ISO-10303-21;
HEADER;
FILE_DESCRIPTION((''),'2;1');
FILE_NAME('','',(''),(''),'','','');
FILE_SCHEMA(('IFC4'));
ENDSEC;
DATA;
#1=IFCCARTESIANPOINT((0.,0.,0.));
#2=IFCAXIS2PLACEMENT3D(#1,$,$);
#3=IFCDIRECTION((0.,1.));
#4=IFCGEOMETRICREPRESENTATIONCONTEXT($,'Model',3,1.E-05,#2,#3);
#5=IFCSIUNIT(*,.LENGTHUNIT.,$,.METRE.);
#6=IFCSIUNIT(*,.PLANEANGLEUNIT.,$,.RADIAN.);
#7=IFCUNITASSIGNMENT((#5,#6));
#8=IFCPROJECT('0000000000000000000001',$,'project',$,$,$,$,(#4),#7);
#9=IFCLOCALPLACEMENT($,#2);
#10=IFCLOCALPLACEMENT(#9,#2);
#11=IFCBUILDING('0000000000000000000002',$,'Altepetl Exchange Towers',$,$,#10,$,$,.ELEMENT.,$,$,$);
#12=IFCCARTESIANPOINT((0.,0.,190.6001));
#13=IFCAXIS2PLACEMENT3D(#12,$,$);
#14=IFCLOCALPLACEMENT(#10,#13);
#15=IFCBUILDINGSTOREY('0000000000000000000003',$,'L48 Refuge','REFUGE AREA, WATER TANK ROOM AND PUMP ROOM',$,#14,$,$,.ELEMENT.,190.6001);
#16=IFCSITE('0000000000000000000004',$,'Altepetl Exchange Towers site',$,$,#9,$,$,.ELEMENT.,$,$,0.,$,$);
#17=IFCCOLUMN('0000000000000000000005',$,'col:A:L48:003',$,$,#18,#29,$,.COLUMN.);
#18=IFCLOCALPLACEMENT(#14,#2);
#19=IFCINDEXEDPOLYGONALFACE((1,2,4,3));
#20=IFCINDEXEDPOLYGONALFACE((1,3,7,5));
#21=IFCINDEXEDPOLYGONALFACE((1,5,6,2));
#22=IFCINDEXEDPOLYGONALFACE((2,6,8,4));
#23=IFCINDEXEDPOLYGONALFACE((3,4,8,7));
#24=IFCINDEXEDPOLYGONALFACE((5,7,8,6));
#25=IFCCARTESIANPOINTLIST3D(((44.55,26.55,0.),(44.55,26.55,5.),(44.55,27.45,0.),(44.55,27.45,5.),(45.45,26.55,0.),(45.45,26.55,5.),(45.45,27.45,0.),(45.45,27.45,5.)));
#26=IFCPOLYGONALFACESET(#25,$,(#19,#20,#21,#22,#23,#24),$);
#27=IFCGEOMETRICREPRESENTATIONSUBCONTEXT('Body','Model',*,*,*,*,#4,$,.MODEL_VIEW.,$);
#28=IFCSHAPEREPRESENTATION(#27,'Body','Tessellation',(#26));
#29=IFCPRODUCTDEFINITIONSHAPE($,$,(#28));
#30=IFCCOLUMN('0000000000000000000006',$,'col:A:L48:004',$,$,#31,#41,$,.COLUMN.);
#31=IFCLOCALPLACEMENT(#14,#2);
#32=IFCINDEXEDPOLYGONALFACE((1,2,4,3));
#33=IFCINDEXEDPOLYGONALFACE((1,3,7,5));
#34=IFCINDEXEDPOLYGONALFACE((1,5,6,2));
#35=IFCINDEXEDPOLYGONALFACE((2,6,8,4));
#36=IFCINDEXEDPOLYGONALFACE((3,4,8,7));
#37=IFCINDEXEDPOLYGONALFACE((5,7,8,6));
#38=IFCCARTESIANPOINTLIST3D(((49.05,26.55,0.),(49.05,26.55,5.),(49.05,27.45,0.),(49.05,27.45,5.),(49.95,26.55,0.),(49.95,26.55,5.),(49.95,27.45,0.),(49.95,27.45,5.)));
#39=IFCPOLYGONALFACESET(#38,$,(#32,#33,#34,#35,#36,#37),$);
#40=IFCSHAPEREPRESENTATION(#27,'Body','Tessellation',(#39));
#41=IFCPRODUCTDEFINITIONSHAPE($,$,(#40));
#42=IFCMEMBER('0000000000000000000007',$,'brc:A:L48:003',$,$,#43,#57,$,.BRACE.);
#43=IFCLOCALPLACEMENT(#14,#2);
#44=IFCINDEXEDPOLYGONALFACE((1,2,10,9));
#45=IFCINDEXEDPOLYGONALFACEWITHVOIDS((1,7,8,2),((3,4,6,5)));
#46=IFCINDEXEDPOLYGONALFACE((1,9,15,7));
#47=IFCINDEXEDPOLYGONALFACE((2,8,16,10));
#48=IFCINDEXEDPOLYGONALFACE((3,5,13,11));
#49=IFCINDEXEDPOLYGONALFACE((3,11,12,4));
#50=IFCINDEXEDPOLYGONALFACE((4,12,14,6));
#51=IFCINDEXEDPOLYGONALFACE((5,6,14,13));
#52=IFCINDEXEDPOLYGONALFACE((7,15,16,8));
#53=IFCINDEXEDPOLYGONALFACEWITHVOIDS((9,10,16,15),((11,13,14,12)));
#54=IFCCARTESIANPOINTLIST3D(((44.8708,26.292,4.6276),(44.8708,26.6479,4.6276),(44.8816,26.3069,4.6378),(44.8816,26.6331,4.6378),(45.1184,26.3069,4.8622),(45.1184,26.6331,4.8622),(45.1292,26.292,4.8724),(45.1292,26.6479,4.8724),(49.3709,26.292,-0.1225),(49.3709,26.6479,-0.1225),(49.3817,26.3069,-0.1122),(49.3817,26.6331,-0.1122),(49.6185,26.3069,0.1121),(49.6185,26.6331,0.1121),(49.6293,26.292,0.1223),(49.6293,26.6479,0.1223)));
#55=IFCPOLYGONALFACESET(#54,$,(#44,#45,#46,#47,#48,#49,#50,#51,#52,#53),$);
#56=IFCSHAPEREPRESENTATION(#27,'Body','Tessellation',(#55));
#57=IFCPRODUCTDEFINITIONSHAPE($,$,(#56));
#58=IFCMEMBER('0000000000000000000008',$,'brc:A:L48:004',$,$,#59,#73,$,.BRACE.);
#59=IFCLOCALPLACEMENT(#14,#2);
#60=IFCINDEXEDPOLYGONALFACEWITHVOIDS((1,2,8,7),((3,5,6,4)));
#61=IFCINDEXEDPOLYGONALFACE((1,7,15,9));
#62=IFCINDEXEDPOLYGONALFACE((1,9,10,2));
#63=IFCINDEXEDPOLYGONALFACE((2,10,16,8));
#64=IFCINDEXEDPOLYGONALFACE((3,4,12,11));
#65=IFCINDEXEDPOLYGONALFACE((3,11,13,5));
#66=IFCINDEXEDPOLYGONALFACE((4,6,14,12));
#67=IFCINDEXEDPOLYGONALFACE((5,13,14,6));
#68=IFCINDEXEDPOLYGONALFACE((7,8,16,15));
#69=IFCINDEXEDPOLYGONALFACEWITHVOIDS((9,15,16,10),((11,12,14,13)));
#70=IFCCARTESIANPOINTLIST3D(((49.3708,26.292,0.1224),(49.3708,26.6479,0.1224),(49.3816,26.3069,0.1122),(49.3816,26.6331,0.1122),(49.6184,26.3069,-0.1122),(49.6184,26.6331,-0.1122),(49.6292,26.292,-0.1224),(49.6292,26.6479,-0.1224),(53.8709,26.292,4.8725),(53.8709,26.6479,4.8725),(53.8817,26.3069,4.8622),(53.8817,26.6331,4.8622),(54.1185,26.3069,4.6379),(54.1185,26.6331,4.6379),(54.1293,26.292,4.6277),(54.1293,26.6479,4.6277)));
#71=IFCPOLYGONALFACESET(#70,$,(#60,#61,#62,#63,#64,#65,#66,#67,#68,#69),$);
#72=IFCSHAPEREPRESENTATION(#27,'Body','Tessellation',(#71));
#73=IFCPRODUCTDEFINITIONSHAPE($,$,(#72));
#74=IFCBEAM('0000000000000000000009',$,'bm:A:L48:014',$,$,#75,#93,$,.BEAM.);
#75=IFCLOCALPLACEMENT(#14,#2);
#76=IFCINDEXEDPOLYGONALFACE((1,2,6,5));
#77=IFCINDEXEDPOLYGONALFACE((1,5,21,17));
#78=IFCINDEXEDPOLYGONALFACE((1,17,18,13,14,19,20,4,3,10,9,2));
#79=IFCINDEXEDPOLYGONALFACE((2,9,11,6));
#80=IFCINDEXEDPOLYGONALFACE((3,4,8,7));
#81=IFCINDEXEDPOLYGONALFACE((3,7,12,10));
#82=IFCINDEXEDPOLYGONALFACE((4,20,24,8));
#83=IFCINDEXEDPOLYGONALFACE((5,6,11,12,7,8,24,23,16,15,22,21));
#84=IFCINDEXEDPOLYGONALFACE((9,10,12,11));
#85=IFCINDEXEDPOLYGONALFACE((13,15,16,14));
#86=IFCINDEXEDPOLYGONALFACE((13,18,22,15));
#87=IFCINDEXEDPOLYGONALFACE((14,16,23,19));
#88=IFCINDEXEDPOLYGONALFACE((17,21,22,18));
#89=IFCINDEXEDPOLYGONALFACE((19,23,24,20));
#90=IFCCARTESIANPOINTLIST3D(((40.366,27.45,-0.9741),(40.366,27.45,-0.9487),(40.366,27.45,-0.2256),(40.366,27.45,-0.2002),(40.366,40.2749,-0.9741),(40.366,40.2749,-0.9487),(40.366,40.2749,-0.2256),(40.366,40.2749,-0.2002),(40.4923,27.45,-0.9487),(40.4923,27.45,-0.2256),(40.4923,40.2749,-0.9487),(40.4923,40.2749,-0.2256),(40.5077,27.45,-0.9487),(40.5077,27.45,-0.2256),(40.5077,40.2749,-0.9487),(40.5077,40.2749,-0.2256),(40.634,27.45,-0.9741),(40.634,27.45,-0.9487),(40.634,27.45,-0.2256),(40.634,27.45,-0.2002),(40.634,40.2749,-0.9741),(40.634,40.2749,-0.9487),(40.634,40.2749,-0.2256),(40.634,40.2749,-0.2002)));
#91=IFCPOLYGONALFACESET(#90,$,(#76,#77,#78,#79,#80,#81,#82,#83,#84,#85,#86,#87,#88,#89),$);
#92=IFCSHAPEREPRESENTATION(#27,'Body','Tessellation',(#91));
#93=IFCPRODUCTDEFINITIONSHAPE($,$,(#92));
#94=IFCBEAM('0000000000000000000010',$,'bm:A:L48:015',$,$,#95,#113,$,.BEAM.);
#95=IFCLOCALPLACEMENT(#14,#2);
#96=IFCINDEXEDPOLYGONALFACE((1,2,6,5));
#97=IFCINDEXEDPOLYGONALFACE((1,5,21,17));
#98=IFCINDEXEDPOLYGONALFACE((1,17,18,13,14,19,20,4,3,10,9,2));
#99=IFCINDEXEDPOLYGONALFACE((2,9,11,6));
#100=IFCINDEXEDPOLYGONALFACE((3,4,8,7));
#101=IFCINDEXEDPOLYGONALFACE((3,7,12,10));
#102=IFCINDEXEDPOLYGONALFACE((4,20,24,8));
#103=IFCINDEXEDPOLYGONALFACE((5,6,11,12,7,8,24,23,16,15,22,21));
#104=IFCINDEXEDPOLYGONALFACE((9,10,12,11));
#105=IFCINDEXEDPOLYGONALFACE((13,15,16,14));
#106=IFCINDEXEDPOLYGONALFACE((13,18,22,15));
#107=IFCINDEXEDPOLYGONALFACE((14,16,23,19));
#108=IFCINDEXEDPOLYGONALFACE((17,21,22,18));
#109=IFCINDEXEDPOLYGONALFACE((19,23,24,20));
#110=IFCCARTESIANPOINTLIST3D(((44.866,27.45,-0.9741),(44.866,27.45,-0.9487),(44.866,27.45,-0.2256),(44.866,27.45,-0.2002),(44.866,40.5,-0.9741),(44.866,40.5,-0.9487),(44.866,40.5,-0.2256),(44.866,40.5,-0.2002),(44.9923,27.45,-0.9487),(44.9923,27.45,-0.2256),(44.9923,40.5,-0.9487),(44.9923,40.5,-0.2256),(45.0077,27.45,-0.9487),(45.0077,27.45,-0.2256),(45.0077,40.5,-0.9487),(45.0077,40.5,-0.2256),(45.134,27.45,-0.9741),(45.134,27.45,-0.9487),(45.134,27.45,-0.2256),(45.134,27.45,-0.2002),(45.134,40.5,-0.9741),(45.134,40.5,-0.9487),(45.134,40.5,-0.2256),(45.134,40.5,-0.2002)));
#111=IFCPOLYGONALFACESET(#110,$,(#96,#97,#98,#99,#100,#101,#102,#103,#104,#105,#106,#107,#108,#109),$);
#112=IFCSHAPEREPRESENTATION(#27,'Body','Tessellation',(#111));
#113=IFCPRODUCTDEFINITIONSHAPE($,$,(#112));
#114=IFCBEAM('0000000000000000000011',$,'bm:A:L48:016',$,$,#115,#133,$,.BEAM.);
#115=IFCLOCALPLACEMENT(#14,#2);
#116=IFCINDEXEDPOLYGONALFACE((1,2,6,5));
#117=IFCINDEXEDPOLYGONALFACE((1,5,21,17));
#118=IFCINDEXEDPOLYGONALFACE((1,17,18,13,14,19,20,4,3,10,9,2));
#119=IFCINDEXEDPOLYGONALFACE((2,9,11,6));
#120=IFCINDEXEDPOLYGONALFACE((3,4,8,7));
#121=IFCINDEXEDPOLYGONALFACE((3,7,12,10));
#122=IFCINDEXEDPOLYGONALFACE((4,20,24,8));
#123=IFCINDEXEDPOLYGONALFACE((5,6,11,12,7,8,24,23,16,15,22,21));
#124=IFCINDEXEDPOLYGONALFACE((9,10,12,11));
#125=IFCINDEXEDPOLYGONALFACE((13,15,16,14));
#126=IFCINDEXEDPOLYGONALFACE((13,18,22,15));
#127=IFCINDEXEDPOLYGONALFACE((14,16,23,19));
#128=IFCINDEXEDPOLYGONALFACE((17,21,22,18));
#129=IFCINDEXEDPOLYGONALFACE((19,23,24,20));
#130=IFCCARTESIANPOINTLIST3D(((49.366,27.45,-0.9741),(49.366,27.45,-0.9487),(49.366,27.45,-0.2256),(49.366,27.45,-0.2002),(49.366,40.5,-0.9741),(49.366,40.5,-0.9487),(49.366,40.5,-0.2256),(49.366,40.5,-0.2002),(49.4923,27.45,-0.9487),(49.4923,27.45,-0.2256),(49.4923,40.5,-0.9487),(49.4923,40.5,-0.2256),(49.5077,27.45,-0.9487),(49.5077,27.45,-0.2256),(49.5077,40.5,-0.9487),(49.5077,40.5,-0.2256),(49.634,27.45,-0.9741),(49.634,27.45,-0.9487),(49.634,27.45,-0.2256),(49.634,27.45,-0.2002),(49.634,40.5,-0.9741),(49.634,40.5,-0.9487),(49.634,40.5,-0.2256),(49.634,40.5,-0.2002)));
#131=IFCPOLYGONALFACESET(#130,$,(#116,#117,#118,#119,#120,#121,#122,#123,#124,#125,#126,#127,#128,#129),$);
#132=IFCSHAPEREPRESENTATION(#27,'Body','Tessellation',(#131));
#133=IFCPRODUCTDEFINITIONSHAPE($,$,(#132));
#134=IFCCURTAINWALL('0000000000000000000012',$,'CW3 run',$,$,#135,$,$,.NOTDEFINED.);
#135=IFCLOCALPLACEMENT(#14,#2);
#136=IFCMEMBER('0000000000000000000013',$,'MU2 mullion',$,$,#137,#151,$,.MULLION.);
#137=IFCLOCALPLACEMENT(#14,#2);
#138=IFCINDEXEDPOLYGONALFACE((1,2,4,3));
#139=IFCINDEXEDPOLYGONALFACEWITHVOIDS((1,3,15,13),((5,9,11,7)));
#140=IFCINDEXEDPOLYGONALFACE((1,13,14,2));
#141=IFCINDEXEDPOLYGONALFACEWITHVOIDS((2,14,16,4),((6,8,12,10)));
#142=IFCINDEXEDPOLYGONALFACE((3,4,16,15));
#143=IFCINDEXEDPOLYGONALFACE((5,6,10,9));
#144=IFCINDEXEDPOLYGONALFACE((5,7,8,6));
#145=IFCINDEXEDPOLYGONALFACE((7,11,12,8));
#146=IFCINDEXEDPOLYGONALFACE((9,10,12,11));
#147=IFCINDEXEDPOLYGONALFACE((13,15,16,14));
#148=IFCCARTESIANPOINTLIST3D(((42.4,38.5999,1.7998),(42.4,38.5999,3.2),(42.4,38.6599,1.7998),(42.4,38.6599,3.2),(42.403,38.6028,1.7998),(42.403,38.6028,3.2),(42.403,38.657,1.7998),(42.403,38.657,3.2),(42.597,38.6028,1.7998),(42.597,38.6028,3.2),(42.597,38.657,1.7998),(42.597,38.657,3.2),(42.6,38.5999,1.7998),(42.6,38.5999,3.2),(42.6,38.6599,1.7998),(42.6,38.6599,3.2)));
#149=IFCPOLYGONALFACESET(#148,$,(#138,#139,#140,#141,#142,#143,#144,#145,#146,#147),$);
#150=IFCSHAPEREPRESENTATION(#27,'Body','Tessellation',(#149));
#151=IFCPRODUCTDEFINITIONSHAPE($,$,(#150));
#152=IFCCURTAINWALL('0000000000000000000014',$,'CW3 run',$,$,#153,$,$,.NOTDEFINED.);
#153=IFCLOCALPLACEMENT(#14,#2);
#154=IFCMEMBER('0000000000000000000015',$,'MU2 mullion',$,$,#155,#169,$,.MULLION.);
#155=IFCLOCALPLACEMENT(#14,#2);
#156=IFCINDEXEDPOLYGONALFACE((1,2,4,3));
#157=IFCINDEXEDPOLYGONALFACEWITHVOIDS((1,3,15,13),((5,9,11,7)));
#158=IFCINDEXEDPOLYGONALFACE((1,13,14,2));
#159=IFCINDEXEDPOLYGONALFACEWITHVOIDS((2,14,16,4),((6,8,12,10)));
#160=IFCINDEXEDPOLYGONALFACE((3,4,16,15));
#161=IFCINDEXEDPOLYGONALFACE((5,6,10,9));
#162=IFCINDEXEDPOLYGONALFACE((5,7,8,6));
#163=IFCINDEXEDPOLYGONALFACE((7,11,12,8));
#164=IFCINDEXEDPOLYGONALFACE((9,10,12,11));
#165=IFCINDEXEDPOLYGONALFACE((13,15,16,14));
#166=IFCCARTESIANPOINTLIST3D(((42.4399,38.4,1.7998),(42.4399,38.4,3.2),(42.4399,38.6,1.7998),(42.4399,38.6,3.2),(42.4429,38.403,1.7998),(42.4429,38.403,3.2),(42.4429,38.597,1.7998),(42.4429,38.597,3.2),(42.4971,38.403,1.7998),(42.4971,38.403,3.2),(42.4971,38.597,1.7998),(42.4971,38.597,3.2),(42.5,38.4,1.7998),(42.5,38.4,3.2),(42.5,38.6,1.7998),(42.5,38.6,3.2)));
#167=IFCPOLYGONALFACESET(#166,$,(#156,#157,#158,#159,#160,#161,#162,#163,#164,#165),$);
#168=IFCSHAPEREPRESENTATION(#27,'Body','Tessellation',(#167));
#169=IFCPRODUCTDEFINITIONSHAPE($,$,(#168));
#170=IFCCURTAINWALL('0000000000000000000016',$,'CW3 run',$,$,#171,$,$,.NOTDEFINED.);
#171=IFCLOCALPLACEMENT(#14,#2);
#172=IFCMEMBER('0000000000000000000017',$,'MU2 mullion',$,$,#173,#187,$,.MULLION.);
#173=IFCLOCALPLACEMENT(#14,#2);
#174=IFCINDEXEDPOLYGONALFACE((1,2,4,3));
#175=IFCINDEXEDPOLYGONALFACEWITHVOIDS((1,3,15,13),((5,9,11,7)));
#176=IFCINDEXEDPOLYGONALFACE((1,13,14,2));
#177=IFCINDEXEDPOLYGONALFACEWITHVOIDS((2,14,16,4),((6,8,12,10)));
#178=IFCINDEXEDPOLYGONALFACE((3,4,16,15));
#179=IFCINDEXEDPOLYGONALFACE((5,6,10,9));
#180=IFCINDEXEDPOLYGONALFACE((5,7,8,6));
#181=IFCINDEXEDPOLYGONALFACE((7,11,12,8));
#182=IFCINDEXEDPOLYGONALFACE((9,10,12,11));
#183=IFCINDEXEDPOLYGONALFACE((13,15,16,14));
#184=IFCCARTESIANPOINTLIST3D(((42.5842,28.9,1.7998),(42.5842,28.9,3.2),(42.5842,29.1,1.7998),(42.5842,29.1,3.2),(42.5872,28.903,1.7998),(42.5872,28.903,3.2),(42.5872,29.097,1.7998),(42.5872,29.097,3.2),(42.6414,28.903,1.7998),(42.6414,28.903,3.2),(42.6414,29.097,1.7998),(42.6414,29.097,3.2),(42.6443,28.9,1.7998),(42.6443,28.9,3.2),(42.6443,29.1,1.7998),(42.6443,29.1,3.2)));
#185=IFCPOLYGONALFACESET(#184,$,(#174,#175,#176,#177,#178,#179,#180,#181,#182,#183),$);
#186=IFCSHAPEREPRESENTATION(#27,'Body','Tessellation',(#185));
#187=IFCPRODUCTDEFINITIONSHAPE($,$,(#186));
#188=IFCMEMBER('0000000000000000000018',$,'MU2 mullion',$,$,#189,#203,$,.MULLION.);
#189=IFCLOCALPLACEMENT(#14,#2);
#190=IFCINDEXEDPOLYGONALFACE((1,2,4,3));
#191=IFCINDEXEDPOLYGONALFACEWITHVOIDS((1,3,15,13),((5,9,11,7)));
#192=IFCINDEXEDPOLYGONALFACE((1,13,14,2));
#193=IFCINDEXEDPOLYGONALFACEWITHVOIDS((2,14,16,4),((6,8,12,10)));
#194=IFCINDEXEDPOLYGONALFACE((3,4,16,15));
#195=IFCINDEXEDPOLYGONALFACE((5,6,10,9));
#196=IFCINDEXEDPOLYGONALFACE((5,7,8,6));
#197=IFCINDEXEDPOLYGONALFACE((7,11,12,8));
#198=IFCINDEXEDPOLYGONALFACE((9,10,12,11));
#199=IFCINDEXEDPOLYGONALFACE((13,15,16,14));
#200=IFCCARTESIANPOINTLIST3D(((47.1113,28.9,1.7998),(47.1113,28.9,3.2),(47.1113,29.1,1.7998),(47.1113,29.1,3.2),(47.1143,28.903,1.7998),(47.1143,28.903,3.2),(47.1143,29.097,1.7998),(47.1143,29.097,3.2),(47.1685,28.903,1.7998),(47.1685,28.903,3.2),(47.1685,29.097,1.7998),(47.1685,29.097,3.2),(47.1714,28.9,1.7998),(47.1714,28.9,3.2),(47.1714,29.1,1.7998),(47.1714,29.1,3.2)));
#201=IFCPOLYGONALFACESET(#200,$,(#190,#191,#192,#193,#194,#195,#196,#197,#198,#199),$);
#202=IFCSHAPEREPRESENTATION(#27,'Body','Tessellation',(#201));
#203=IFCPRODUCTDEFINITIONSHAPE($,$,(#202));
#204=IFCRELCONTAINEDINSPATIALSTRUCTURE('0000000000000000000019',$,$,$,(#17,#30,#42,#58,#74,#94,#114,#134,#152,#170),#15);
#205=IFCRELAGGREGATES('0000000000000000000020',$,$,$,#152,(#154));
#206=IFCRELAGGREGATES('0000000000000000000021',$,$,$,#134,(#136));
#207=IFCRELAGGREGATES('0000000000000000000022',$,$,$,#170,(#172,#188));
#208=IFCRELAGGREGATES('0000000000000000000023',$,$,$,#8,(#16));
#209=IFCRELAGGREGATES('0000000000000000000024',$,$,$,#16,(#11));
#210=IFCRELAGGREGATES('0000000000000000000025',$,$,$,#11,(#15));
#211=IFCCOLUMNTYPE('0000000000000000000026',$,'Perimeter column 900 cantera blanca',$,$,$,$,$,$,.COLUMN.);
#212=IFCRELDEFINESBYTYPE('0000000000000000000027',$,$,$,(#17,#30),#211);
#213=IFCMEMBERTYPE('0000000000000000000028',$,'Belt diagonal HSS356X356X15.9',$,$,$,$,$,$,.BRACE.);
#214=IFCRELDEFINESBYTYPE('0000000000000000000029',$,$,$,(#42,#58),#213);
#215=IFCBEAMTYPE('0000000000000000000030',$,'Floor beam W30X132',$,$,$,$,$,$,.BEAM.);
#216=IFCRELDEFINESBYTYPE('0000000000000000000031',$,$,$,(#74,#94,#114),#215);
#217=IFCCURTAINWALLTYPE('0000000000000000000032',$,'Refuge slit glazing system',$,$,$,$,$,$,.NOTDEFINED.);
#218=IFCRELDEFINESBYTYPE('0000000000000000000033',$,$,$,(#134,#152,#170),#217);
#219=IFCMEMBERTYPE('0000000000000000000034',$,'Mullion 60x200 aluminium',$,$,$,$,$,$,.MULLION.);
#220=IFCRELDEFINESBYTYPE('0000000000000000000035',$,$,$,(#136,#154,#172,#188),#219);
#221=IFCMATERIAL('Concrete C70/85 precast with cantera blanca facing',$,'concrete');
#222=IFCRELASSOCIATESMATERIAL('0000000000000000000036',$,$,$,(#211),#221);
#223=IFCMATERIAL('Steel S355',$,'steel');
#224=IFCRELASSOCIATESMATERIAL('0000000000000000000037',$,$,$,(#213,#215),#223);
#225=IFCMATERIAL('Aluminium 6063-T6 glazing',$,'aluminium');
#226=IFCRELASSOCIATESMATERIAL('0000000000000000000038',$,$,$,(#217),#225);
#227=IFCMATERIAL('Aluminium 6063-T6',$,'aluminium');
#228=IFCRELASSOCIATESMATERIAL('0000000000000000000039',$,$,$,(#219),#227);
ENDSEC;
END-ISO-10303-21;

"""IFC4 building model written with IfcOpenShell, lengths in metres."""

from ifc_helpers import new_model, si_unit, direction, frame, origin, origin_2d, place, context, subcontext, project, spatial, rectangle, hollow_rectangle, i_section, extrude, material, material_profile, profile_set, type_object, element, aggregate, save


model = new_model("IFC4")

# Units and contexts
model_context = context("Model", 3, precision=1e-05, world=origin(), true_north=direction((0.0, 1.0)))
body_context = subcontext(model_context, "Body", "Model", "MODEL_VIEW")
ifc_project = project(units=[si_unit("LENGTHUNIT", "METRE"), si_unit("PLANEANGLEUNIT", "RADIAN")], contexts=[model_context])

# Site, building, storey
site_placement = place(None, origin())
site = spatial("IfcSite", under=ifc_project, at=site_placement, Name="Altepetl Exchange Towers site", CompositionType="ELEMENT", RefElevation=0.0)
building_placement = place(site_placement, origin())
building = spatial("IfcBuilding", under=site, at=building_placement, Name="Altepetl Exchange Towers", CompositionType="ELEMENT")
storey_placement = place(building_placement, frame((0.0, 0.0, 190.6001)))
storey = spatial("IfcBuildingStorey", under=building, at=storey_placement, Name="L48 Refuge", Description="REFUGE AREA, WATER TANK ROOM AND PUMP ROOM", CompositionType="ELEMENT", Elevation=190.6001)

# Columns
ifc_material_1 = material(Name="Concrete C70/85 precast with cantera blanca facing", Category="concrete")
ifc_material_profile_1 = material_profile(ifc_material_1, rectangle(XDim=0.8999, YDim=0.8999, at=origin_2d()), Name="900 x 900")
ifc_profile_set_1 = profile_set([ifc_material_profile_1], Name="Concrete C70/85 precast with cantera blanca facing")
column_type = type_object("IfcColumnType", Name="Perimeter column 900 cantera blanca", PredefinedType="COLUMN", material=ifc_profile_set_1)
for number, where, name in (
    (1, (45.0, 27.0, 0.0), "col:A:L48:003"),
    (2, (49.5, 27.0, 0.0), "col:A:L48:004"),
):
    element("IfcColumn", number, at=place(storey_placement, frame(where)), inside=storey, type_object=column_type, Name=name, PredefinedType="COLUMN", context=body_context, shape_type="SweptSolid", body=[
        extrude(rectangle(XDim=0.8999, YDim=0.8999, at=origin_2d()), origin(), (0.0, 0.0, 1.0), 5.0),
    ])

# Members
ifc_material_2 = material(Name="Steel S355", Category="steel")
ifc_material_profile_2 = material_profile(ifc_material_2, hollow_rectangle(XDim=0.356, YDim=0.356, WallThickness=0.0149, at=origin_2d()), Name="HSS356X356X15.9")
ifc_profile_set_2 = profile_set([ifc_material_profile_2], Name="Steel S355")
member_type_1 = type_object("IfcMemberType", Name="Belt diagonal HSS356X356X15.9", PredefinedType="BRACE", material=ifc_profile_set_2)
for number, where, z_axis, x_axis, name in (
    (3, (45.0, 26.47, 4.75), (0.687745, 0.0, -0.725953), (0.0, 1.0, 0.0), "brc:A:L48:003"),
    (4, (49.5, 26.47, 0.0), (0.687745, 0.0, 0.725953), (0.0, 1.0, 0.0), "brc:A:L48:004"),
):
    element("IfcMember", number, at=place(storey_placement, frame(where, z_axis=z_axis, x_axis=x_axis)), inside=storey, type_object=member_type_1, Name=name, PredefinedType="BRACE", context=body_context, shape_type="SweptSolid", body=[
        extrude(hollow_rectangle(XDim=0.356, YDim=0.356, WallThickness=0.0149, at=origin_2d()), origin(), (0.0, 0.0, 1.0), 6.5432),
    ])

# Beams
ifc_material_profile_3 = material_profile(ifc_material_2, i_section(OverallWidth=0.2681, OverallDepth=0.7739, WebThickness=0.0154, FlangeThickness=0.0254, at=origin_2d()), Name="W30X132")
ifc_profile_set_3 = profile_set([ifc_material_profile_3], Name="Steel S355")
beam_type_1 = type_object("IfcBeamType", Name="Floor beam W30X132", PredefinedType="BEAM", material=ifc_profile_set_3)
beam_placement = place(storey_placement, frame((40.5, 27.45, -0.5872), z_axis=(0.0, 1.0, 0.0), x_axis=(-1.0, 0.0, 0.0)))
element("IfcBeam", 5, at=beam_placement, inside=storey, type_object=beam_type_1, Name="bm:A:L48:014", PredefinedType="BEAM", context=body_context, shape_type="SweptSolid", body=[
    extrude(i_section(OverallWidth=0.2681, OverallDepth=0.7739, WebThickness=0.0154, FlangeThickness=0.0254, at=origin_2d()), origin(), (0.0, 0.0, 1.0), 12.825),
])
for number, where, z_axis, x_axis, name in (
    (6, (45.0, 27.45, -0.5872), (0.0, 1.0, 0.0), (-1.0, 0.0, 0.0), "bm:A:L48:015"),
    (7, (49.5, 27.45, -0.5872), (0.0, 1.0, 0.0), (-1.0, 0.0, 0.0), "bm:A:L48:016"),
):
    element("IfcBeam", number, at=place(storey_placement, frame(where, z_axis=z_axis, x_axis=x_axis)), inside=storey, type_object=beam_type_1, Name=name, PredefinedType="BEAM", context=body_context, shape_type="SweptSolid", body=[
        extrude(i_section(OverallWidth=0.2681, OverallDepth=0.7739, WebThickness=0.0154, FlangeThickness=0.0254, at=origin_2d()), origin(), (0.0, 0.0, 1.0), 13.05),
    ])

# Curtain walls, members
ifc_material_3 = material(Name="Aluminium 6063-T6 glazing", Category="aluminium")
curtain_wall_type = type_object("IfcCurtainWallType", Name="Refuge slit glazing system", PredefinedType="NOTDEFINED", material=ifc_material_3)
curtain_wall_1_placement = place(storey_placement, origin())
curtain_wall_1 = element("IfcCurtainWall", 8, at=curtain_wall_1_placement, inside=storey, type_object=curtain_wall_type, Name="CW3 run", PredefinedType="NOTDEFINED")
ifc_material_4 = material(Name="Aluminium 6063-T6", Category="aluminium")
ifc_material_profile_4 = material_profile(ifc_material_4, hollow_rectangle(XDim=0.0601, YDim=0.2, WallThickness=0.0029, at=origin_2d()), Name="Mullion 60x200 aluminium")
ifc_profile_set_4 = profile_set([ifc_material_profile_4], Name="Aluminium 6063-T6")
member_type_2 = type_object("IfcMemberType", Name="Mullion 60x200 aluminium", PredefinedType="MULLION", material=ifc_profile_set_4)
member_1_placement = place(storey_placement, frame((42.5, 38.6299, 1.7998), z_axis=(0.0, 0.0, 1.0), x_axis=(0.0, -1.0, 0.0)))
member_1 = element("IfcMember", 9, at=member_1_placement, type_object=member_type_2, Name="MU2 mullion", PredefinedType="MULLION", context=body_context, shape_type="SweptSolid", body=[
    extrude(hollow_rectangle(XDim=0.0601, YDim=0.2, WallThickness=0.0029, at=origin_2d()), origin(), (0.0, 0.0, 1.0), 1.4001),
])
curtain_wall_2_placement = place(storey_placement, origin())
curtain_wall_2 = element("IfcCurtainWall", 10, at=curtain_wall_2_placement, inside=storey, type_object=curtain_wall_type, Name="CW3 run", PredefinedType="NOTDEFINED")
member_2_placement = place(storey_placement, frame((42.47, 38.5, 1.7998), z_axis=(0.0, 0.0, 1.0), x_axis=(-1.0, 0.0, 0.0)))
member_2 = element("IfcMember", 11, at=member_2_placement, type_object=member_type_2, Name="MU2 mullion", PredefinedType="MULLION", context=body_context, shape_type="SweptSolid", body=[
    extrude(hollow_rectangle(XDim=0.0601, YDim=0.2, WallThickness=0.0029, at=origin_2d()), origin(), (0.0, 0.0, 1.0), 1.4001),
])
aggregate(curtain_wall_2, [member_2])

# Curtain wall, members
curtain_wall_3_placement = place(storey_placement, origin())
curtain_wall_3 = element("IfcCurtainWall", 12, at=curtain_wall_3_placement, inside=storey, type_object=curtain_wall_type, Name="CW3 run", PredefinedType="NOTDEFINED")
member_3_placement = place(storey_placement, frame((42.6143, 29.0, 1.7998)))
member_3 = element("IfcMember", 13, at=member_3_placement, type_object=member_type_2, Name="MU2 mullion", PredefinedType="MULLION", context=body_context, shape_type="SweptSolid", body=[
    extrude(hollow_rectangle(XDim=0.0601, YDim=0.2, WallThickness=0.0029, at=origin_2d()), origin(), (0.0, 0.0, 1.0), 1.4001),
])
member_4_placement = place(storey_placement, frame((47.1414, 29.0, 1.7998)))
member_4 = element("IfcMember", 14, at=member_4_placement, type_object=member_type_2, Name="MU2 mullion", PredefinedType="MULLION", context=body_context, shape_type="SweptSolid", body=[
    extrude(hollow_rectangle(XDim=0.0601, YDim=0.2, WallThickness=0.0029, at=origin_2d()), origin(), (0.0, 0.0, 1.0), 1.4001),
])

aggregate(curtain_wall_1, [member_1])
aggregate(curtain_wall_3, [member_3, member_4])

save(model, "model.ifc")
